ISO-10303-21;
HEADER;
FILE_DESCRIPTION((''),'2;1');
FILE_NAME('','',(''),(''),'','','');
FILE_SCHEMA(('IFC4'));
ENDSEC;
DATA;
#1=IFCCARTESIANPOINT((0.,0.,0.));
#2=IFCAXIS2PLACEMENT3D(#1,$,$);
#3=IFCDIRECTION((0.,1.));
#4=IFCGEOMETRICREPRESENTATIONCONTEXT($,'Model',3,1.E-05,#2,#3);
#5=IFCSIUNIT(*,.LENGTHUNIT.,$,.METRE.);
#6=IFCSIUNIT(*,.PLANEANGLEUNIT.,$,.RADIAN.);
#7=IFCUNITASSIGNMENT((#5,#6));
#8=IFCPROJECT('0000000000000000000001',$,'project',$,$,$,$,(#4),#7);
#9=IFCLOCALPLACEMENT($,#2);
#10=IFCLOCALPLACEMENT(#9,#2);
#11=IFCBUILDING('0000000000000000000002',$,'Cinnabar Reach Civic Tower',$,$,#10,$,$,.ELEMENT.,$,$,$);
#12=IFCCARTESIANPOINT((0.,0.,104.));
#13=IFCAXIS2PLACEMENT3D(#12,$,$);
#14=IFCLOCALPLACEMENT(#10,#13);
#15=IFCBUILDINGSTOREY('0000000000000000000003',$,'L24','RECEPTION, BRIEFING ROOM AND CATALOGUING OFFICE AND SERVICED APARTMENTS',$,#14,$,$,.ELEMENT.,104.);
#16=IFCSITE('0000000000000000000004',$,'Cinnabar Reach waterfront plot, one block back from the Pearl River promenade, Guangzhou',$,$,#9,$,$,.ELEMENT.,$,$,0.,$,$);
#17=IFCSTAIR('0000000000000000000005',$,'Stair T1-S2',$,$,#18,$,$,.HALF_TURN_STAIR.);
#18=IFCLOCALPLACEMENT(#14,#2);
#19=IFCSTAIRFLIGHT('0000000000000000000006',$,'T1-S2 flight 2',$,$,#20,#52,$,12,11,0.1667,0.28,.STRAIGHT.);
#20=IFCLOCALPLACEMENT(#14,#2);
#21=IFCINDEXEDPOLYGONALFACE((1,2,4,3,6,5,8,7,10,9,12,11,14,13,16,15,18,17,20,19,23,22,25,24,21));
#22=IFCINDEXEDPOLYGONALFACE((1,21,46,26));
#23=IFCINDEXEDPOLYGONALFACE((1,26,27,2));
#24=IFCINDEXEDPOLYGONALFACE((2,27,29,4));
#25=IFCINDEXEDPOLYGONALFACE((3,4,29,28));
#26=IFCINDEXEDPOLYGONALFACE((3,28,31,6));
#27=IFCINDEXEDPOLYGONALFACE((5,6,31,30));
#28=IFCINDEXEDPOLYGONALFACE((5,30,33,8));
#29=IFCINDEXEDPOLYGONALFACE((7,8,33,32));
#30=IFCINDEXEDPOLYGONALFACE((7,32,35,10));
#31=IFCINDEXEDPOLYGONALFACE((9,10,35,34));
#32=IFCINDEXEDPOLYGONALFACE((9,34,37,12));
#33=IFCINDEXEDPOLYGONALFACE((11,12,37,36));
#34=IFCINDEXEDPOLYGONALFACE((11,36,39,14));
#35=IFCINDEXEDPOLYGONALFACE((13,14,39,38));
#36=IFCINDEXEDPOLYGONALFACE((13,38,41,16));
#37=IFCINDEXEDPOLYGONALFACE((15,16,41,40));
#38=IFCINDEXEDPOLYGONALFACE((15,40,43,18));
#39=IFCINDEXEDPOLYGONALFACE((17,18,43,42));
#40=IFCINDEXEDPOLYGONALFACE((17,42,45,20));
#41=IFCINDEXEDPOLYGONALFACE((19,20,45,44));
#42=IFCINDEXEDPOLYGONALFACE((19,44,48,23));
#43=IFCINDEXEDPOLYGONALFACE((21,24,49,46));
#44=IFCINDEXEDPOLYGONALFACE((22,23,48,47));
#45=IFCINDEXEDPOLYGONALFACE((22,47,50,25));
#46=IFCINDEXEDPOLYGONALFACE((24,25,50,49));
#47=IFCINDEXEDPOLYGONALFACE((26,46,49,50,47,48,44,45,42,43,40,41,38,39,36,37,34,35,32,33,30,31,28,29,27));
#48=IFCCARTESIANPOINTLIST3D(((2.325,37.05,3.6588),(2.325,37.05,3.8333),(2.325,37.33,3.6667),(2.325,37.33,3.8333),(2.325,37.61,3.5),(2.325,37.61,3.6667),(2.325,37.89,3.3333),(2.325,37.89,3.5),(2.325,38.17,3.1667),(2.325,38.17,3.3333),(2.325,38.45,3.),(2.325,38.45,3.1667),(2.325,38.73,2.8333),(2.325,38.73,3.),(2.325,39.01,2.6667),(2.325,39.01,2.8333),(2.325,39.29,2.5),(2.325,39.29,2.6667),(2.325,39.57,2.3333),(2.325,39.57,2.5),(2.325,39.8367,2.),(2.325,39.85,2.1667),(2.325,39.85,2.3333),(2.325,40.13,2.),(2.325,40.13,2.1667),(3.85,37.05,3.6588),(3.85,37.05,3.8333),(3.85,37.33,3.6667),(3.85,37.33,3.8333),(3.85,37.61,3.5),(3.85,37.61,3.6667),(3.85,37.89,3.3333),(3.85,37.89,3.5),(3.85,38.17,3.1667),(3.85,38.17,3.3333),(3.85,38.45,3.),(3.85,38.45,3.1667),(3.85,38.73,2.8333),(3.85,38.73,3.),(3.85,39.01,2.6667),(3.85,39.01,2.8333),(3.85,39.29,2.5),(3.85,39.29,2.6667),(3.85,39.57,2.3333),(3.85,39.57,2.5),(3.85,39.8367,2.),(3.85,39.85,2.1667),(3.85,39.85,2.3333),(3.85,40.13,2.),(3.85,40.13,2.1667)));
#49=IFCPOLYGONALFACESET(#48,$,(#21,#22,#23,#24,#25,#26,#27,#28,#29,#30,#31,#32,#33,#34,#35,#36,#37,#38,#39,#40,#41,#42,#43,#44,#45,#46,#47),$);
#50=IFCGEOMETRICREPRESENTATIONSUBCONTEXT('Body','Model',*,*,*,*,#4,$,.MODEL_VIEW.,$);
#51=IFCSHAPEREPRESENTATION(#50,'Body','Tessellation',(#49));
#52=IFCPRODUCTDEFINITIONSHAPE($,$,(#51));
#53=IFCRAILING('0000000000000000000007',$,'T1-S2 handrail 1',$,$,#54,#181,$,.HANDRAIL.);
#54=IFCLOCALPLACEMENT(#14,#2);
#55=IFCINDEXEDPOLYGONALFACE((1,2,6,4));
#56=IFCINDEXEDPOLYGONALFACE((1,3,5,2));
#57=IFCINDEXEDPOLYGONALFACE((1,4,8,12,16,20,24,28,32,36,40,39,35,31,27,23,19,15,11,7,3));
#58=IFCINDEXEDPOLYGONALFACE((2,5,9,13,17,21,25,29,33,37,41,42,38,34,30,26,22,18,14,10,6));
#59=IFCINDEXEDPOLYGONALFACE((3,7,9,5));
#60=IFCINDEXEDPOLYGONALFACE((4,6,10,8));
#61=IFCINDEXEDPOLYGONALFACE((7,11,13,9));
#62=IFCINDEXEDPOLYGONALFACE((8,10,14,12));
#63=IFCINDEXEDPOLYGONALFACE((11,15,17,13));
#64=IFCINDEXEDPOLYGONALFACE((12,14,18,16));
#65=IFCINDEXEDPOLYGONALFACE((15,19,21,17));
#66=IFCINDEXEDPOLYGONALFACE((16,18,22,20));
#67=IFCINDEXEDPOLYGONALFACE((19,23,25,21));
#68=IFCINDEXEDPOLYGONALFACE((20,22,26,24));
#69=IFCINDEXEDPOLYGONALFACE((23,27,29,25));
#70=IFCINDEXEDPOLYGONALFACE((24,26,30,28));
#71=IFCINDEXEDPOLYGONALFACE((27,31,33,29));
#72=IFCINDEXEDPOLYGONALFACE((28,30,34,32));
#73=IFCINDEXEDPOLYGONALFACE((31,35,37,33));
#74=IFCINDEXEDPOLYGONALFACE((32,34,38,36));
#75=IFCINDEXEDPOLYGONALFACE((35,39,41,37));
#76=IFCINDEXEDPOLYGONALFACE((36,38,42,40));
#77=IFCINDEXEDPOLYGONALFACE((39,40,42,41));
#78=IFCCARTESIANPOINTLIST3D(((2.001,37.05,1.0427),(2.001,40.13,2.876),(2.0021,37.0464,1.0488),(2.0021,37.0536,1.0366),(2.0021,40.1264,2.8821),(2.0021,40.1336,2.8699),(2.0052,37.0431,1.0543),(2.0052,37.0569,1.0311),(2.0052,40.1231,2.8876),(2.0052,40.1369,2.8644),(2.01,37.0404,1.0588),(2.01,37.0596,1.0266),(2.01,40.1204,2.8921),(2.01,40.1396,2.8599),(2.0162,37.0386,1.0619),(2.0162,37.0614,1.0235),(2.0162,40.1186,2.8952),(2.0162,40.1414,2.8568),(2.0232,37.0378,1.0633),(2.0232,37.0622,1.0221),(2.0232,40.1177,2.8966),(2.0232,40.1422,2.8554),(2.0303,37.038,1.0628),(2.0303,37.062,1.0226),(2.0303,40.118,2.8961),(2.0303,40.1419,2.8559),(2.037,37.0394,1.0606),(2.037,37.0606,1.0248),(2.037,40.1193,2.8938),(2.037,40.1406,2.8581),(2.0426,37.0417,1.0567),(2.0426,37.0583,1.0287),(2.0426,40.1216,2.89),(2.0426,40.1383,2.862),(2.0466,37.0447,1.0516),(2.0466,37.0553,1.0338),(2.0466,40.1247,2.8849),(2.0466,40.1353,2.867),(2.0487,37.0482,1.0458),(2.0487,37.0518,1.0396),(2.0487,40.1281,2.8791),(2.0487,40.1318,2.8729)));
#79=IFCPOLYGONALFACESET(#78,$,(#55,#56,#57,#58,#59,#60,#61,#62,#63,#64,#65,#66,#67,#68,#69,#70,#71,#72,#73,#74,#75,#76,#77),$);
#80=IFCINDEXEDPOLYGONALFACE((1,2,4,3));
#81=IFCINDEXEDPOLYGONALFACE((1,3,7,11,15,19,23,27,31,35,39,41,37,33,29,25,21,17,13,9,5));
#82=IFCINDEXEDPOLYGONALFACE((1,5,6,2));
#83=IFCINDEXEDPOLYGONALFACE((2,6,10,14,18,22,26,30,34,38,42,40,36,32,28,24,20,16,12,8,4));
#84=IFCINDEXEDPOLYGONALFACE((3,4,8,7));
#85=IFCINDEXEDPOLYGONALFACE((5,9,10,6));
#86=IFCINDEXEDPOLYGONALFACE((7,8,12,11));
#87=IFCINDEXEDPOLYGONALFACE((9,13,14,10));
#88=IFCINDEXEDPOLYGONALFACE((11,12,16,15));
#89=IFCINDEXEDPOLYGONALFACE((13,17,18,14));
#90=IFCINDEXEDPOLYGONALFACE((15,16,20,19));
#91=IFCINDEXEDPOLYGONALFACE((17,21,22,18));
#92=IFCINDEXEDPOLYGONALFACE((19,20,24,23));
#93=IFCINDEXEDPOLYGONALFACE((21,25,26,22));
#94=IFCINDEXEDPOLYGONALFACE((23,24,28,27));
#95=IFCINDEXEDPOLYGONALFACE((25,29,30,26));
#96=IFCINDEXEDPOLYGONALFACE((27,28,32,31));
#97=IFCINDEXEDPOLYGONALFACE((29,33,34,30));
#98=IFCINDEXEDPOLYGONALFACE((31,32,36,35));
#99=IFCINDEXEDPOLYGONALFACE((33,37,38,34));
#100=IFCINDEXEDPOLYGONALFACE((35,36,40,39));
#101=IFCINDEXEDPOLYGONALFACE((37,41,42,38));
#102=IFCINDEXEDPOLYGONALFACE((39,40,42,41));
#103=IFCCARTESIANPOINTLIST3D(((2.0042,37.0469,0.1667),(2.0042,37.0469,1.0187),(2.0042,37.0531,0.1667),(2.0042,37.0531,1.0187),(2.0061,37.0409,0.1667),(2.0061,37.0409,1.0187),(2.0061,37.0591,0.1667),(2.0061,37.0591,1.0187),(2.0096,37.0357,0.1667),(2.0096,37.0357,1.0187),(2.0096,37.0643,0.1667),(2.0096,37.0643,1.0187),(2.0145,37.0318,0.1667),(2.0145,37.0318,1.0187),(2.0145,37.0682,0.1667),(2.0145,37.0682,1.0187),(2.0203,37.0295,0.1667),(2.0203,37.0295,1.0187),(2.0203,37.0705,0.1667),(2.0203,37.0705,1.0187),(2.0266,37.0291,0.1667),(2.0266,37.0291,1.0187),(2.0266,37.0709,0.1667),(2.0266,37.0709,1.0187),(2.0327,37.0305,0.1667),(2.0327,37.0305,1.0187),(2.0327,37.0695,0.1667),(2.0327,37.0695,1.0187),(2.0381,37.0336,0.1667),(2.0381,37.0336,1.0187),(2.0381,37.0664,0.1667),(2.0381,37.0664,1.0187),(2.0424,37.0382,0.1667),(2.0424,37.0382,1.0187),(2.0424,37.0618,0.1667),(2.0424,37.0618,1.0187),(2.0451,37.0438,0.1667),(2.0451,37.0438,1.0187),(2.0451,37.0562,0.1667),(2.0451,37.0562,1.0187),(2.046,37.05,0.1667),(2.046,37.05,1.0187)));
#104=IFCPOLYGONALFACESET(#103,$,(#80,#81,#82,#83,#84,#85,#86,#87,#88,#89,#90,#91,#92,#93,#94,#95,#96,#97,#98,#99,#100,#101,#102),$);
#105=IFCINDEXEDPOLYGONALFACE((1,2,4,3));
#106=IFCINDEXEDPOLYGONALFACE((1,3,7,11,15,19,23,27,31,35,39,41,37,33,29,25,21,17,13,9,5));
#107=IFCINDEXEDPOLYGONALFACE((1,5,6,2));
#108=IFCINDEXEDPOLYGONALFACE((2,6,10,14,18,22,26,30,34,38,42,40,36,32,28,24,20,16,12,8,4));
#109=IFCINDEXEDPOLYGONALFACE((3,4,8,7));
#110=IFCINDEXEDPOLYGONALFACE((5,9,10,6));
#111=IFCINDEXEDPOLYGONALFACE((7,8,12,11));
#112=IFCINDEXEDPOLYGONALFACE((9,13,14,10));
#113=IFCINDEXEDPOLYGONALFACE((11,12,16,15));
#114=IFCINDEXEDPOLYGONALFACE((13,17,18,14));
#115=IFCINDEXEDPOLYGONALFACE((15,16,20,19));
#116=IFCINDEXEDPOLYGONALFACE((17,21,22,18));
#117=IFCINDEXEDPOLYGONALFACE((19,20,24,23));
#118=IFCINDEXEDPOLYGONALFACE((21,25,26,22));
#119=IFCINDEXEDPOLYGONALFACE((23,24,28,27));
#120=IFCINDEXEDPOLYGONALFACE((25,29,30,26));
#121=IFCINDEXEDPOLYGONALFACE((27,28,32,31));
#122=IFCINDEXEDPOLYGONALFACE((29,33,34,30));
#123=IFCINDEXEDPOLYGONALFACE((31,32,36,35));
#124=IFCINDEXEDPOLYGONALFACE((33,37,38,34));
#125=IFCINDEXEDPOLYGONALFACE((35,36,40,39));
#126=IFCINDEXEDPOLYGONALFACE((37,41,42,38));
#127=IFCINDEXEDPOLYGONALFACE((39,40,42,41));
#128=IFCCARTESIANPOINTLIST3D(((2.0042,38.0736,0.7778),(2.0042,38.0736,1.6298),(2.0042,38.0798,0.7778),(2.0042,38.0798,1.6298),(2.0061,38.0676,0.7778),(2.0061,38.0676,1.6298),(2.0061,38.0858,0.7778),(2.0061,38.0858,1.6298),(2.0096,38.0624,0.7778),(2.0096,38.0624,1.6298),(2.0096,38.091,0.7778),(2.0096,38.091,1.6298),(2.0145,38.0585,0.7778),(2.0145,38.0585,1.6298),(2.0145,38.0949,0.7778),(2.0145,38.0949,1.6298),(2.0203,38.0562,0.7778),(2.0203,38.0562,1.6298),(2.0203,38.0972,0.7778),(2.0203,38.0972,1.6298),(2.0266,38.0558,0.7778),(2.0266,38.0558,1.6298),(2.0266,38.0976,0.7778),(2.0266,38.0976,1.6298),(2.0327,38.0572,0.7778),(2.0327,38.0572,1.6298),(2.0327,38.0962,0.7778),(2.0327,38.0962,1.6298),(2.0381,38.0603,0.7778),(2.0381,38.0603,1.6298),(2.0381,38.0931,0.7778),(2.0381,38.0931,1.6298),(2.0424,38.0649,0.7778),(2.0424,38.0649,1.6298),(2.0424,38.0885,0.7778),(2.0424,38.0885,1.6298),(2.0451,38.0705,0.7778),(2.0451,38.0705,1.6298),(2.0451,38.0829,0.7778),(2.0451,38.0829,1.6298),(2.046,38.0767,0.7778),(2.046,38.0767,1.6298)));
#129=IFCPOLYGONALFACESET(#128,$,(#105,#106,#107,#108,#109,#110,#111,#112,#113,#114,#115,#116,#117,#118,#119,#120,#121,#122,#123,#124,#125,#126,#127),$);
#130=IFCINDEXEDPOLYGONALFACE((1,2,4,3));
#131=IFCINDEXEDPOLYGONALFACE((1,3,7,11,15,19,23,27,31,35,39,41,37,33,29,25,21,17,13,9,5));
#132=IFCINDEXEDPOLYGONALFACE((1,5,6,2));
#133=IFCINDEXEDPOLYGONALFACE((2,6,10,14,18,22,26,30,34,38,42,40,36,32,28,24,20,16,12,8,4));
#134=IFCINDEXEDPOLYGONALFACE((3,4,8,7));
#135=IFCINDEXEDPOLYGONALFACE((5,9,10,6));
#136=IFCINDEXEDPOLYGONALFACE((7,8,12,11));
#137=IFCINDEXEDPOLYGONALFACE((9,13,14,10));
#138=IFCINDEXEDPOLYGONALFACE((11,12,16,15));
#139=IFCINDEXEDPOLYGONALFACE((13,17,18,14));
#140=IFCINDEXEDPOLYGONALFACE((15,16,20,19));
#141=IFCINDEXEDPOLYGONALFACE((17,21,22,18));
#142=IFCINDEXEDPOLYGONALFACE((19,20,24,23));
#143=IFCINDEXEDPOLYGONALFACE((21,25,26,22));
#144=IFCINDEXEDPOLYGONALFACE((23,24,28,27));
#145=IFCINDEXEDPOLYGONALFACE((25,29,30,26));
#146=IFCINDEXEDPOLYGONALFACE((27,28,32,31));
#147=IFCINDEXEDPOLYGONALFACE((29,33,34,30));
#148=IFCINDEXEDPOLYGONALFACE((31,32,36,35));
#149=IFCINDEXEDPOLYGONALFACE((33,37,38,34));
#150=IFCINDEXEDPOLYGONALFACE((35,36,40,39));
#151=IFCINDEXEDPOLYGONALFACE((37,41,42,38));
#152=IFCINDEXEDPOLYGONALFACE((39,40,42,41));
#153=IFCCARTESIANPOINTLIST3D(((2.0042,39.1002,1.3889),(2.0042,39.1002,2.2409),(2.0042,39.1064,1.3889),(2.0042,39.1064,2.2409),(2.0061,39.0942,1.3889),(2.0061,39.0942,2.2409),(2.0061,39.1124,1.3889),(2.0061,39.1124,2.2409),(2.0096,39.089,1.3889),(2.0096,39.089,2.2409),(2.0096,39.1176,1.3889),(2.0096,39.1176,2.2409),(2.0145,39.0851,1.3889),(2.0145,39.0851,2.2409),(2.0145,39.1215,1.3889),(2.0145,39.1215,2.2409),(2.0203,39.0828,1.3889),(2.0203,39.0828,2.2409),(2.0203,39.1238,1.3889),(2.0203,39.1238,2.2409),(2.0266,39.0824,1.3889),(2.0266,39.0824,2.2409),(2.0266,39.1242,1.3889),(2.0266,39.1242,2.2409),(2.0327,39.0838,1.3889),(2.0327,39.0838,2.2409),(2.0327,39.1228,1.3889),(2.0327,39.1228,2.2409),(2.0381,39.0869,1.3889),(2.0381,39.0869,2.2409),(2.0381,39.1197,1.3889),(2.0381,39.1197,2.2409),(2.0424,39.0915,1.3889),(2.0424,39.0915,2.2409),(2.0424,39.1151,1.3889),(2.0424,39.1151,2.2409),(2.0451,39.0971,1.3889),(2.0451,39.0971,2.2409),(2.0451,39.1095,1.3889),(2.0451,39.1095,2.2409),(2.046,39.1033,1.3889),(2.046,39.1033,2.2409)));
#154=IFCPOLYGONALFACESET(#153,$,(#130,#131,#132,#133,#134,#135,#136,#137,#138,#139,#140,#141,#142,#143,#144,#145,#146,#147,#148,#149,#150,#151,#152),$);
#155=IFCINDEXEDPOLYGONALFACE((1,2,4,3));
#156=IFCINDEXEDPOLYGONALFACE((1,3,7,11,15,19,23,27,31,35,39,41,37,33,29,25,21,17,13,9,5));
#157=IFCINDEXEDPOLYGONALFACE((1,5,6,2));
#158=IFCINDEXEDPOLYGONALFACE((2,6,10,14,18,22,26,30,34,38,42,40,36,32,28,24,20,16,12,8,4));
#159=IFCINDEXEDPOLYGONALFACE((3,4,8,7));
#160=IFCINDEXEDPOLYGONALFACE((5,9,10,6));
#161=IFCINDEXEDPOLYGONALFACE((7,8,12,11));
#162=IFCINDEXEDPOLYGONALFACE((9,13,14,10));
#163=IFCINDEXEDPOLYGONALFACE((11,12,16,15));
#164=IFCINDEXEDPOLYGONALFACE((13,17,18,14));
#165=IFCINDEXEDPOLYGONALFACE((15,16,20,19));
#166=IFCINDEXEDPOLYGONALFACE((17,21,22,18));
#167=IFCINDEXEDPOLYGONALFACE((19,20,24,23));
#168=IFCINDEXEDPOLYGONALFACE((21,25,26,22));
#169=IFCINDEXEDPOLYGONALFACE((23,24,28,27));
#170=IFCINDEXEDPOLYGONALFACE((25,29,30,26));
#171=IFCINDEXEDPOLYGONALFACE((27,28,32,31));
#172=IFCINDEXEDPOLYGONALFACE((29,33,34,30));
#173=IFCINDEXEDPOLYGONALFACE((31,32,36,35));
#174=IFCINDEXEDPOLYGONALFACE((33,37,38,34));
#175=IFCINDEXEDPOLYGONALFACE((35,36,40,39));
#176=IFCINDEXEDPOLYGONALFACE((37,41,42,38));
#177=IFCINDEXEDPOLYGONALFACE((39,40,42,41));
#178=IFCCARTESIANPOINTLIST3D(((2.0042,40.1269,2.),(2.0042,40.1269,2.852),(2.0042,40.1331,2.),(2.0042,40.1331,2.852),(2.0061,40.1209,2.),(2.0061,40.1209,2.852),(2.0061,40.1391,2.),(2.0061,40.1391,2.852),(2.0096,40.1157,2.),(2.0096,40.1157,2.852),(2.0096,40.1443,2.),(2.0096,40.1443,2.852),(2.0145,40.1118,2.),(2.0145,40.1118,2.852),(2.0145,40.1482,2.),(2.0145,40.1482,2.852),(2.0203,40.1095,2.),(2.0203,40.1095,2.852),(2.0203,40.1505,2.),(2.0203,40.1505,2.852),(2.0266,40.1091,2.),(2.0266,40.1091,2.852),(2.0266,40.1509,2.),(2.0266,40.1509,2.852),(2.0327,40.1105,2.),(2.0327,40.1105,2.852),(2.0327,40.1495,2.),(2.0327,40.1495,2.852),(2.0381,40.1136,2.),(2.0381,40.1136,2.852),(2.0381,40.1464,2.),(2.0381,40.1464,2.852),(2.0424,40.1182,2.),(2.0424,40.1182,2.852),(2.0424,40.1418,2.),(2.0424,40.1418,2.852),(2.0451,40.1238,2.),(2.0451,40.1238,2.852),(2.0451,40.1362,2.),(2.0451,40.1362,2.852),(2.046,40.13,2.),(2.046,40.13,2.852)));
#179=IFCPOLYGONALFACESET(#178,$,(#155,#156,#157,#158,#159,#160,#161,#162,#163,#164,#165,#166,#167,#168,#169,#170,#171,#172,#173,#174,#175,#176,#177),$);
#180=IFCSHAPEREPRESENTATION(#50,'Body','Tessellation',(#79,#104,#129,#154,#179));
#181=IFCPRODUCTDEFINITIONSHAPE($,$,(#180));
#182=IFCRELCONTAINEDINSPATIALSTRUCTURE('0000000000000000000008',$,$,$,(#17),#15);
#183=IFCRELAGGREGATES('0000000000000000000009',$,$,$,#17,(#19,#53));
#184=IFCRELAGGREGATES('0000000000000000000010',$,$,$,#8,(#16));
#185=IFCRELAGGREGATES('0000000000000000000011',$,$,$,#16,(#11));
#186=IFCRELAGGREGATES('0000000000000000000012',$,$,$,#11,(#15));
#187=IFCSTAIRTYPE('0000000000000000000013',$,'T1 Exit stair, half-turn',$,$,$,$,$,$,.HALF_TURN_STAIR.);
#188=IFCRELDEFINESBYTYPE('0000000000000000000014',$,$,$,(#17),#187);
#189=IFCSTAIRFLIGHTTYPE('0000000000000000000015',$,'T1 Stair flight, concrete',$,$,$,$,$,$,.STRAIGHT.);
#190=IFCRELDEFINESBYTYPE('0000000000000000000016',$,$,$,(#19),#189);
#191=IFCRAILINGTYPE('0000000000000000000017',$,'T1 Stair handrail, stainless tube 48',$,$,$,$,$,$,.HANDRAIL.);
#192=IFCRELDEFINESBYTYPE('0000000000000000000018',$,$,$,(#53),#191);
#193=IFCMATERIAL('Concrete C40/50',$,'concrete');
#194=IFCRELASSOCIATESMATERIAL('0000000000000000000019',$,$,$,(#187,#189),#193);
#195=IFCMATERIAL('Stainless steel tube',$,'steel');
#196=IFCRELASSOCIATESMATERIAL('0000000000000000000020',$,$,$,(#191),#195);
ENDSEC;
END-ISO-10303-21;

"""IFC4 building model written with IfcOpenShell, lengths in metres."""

from ifc_helpers import new_model, si_unit, direction, frame, origin, origin_2d, place, context, subcontext, project, spatial, polyline, circle, outline, extrude, material, type_object, element, aggregate, save


model = new_model("IFC4")

# Units and contexts
model_context = context("Model", 3, precision=1e-05, world=origin(), true_north=direction((0.0, 1.0)))
body_context = subcontext(model_context, "Body", "Model", "MODEL_VIEW")
ifc_project = project(units=[si_unit("LENGTHUNIT", "METRE"), si_unit("PLANEANGLEUNIT", "RADIAN")], contexts=[model_context])

# Site, building, storey
site_placement = place(None, origin())
site = spatial("IfcSite", under=ifc_project, at=site_placement, Name="Cinnabar Reach waterfront plot, one block back from the Pearl River promenade, Guangzhou", CompositionType="ELEMENT", RefElevation=0.0)
building_placement = place(site_placement, origin())
building = spatial("IfcBuilding", under=site, at=building_placement, Name="Cinnabar Reach Civic Tower", CompositionType="ELEMENT")
storey_placement = place(building_placement, frame((0.0, 0.0, 104.0)))
storey = spatial("IfcBuildingStorey", under=building, at=storey_placement, Name="L24", Description="RECEPTION, BRIEFING ROOM AND CATALOGUING OFFICE AND SERVICED APARTMENTS", CompositionType="ELEMENT", Elevation=104.0)

# Stair, stair flight, railing
ifc_material_1 = material(Name="Concrete C40/50", Category="concrete")
stair_type = type_object("IfcStairType", Name="T1 Exit stair, half-turn", PredefinedType="HALF_TURN_STAIR", material=ifc_material_1)
stair_placement = place(storey_placement, origin())
stair = element("IfcStair", 1, at=stair_placement, inside=storey, type_object=stair_type, Name="Stair T1-S2", PredefinedType="HALF_TURN_STAIR")
stair_flight_type = type_object("IfcStairFlightType", Name="T1 Stair flight, concrete", PredefinedType="STRAIGHT", material=ifc_material_1)
stair_flight_1_placement = place(storey_placement, frame((3.0875, 40.13, 2.0), z_axis=(0.0, 0.0, 1.0), x_axis=(0.0, -1.0, 0.0)))
stair_flight_1 = element("IfcStairFlight", 2, at=stair_flight_1_placement, type_object=stair_flight_type, Name="T1-S2 flight 2", NumberOfRisers=12, NumberOfTreads=11, PredefinedType="STRAIGHT", RiserHeight=0.1667, TreadLength=0.28, context=body_context, shape_type="SweptSolid", body=[
    extrude(outline(polyline([(0.0, 0.0), (0.0, 0.1667), (0.28, 0.1667), (0.28, 0.3333), (0.56, 0.3333), (0.56, 0.5), (0.84, 0.5), (0.84, 0.6667), (1.12, 0.6667), (1.12, 0.8333), (1.4, 0.8333), (1.4, 1.0), (1.68, 1.0), (1.68, 1.1667), (1.96, 1.1667), (1.96, 1.3333), (2.24, 1.3333), (2.24, 1.5), (2.52, 1.5), (2.52, 1.6667), (2.8, 1.6667), (2.8, 1.8333), (3.08, 1.8333), (3.08, 2.0), (3.08, 1.6588), (0.2933, 0.0), (0.0, 0.0)])), frame((0.0, 0.7625, 0.0), z_axis=(0.0, -1.0, 0.0), x_axis=(1.0, 0.0, 0.0)), (0.0, 0.0, 1.0), 1.525),
])
ifc_material_2 = material(Name="Stainless steel tube", Category="steel")
railing_type = type_object("IfcRailingType", Name="T1 Stair handrail, stainless tube 48", PredefinedType="HANDRAIL", material=ifc_material_2)
railing_1_placement = place(storey_placement, frame((2.025, 37.05, 0.1667)))
railing_1 = element("IfcRailing", 3, at=railing_1_placement, type_object=railing_type, Name="T1-S2 handrail 1", PredefinedType="HANDRAIL", context=body_context, shape_type="SweptSolid", body=[
    extrude(circle(Radius=0.024, at=origin_2d()), frame((0.0, 0.0, 0.876), z_axis=(0.0, 0.859297, 0.511477), x_axis=(-1.0, 0.0, 0.0)), (0.0, 0.0, 1.0), 3.5843),
    extrude(circle(Radius=0.021, at=origin_2d()), origin(), (0.0, 0.0, 1.0), 0.852),
    extrude(circle(Radius=0.021, at=origin_2d()), frame((0.0, 1.0267, 0.6111)), (0.0, 0.0, 1.0), 0.852),
    extrude(circle(Radius=0.021, at=origin_2d()), frame((0.0, 2.0533, 1.2222)), (0.0, 0.0, 1.0), 0.852),
    extrude(circle(Radius=0.021, at=origin_2d()), frame((0.0, 3.08, 1.8333)), (0.0, 0.0, 1.0), 0.852),
])
aggregate(stair, [stair_flight_1, railing_1])

save(model, "model.ifc")
